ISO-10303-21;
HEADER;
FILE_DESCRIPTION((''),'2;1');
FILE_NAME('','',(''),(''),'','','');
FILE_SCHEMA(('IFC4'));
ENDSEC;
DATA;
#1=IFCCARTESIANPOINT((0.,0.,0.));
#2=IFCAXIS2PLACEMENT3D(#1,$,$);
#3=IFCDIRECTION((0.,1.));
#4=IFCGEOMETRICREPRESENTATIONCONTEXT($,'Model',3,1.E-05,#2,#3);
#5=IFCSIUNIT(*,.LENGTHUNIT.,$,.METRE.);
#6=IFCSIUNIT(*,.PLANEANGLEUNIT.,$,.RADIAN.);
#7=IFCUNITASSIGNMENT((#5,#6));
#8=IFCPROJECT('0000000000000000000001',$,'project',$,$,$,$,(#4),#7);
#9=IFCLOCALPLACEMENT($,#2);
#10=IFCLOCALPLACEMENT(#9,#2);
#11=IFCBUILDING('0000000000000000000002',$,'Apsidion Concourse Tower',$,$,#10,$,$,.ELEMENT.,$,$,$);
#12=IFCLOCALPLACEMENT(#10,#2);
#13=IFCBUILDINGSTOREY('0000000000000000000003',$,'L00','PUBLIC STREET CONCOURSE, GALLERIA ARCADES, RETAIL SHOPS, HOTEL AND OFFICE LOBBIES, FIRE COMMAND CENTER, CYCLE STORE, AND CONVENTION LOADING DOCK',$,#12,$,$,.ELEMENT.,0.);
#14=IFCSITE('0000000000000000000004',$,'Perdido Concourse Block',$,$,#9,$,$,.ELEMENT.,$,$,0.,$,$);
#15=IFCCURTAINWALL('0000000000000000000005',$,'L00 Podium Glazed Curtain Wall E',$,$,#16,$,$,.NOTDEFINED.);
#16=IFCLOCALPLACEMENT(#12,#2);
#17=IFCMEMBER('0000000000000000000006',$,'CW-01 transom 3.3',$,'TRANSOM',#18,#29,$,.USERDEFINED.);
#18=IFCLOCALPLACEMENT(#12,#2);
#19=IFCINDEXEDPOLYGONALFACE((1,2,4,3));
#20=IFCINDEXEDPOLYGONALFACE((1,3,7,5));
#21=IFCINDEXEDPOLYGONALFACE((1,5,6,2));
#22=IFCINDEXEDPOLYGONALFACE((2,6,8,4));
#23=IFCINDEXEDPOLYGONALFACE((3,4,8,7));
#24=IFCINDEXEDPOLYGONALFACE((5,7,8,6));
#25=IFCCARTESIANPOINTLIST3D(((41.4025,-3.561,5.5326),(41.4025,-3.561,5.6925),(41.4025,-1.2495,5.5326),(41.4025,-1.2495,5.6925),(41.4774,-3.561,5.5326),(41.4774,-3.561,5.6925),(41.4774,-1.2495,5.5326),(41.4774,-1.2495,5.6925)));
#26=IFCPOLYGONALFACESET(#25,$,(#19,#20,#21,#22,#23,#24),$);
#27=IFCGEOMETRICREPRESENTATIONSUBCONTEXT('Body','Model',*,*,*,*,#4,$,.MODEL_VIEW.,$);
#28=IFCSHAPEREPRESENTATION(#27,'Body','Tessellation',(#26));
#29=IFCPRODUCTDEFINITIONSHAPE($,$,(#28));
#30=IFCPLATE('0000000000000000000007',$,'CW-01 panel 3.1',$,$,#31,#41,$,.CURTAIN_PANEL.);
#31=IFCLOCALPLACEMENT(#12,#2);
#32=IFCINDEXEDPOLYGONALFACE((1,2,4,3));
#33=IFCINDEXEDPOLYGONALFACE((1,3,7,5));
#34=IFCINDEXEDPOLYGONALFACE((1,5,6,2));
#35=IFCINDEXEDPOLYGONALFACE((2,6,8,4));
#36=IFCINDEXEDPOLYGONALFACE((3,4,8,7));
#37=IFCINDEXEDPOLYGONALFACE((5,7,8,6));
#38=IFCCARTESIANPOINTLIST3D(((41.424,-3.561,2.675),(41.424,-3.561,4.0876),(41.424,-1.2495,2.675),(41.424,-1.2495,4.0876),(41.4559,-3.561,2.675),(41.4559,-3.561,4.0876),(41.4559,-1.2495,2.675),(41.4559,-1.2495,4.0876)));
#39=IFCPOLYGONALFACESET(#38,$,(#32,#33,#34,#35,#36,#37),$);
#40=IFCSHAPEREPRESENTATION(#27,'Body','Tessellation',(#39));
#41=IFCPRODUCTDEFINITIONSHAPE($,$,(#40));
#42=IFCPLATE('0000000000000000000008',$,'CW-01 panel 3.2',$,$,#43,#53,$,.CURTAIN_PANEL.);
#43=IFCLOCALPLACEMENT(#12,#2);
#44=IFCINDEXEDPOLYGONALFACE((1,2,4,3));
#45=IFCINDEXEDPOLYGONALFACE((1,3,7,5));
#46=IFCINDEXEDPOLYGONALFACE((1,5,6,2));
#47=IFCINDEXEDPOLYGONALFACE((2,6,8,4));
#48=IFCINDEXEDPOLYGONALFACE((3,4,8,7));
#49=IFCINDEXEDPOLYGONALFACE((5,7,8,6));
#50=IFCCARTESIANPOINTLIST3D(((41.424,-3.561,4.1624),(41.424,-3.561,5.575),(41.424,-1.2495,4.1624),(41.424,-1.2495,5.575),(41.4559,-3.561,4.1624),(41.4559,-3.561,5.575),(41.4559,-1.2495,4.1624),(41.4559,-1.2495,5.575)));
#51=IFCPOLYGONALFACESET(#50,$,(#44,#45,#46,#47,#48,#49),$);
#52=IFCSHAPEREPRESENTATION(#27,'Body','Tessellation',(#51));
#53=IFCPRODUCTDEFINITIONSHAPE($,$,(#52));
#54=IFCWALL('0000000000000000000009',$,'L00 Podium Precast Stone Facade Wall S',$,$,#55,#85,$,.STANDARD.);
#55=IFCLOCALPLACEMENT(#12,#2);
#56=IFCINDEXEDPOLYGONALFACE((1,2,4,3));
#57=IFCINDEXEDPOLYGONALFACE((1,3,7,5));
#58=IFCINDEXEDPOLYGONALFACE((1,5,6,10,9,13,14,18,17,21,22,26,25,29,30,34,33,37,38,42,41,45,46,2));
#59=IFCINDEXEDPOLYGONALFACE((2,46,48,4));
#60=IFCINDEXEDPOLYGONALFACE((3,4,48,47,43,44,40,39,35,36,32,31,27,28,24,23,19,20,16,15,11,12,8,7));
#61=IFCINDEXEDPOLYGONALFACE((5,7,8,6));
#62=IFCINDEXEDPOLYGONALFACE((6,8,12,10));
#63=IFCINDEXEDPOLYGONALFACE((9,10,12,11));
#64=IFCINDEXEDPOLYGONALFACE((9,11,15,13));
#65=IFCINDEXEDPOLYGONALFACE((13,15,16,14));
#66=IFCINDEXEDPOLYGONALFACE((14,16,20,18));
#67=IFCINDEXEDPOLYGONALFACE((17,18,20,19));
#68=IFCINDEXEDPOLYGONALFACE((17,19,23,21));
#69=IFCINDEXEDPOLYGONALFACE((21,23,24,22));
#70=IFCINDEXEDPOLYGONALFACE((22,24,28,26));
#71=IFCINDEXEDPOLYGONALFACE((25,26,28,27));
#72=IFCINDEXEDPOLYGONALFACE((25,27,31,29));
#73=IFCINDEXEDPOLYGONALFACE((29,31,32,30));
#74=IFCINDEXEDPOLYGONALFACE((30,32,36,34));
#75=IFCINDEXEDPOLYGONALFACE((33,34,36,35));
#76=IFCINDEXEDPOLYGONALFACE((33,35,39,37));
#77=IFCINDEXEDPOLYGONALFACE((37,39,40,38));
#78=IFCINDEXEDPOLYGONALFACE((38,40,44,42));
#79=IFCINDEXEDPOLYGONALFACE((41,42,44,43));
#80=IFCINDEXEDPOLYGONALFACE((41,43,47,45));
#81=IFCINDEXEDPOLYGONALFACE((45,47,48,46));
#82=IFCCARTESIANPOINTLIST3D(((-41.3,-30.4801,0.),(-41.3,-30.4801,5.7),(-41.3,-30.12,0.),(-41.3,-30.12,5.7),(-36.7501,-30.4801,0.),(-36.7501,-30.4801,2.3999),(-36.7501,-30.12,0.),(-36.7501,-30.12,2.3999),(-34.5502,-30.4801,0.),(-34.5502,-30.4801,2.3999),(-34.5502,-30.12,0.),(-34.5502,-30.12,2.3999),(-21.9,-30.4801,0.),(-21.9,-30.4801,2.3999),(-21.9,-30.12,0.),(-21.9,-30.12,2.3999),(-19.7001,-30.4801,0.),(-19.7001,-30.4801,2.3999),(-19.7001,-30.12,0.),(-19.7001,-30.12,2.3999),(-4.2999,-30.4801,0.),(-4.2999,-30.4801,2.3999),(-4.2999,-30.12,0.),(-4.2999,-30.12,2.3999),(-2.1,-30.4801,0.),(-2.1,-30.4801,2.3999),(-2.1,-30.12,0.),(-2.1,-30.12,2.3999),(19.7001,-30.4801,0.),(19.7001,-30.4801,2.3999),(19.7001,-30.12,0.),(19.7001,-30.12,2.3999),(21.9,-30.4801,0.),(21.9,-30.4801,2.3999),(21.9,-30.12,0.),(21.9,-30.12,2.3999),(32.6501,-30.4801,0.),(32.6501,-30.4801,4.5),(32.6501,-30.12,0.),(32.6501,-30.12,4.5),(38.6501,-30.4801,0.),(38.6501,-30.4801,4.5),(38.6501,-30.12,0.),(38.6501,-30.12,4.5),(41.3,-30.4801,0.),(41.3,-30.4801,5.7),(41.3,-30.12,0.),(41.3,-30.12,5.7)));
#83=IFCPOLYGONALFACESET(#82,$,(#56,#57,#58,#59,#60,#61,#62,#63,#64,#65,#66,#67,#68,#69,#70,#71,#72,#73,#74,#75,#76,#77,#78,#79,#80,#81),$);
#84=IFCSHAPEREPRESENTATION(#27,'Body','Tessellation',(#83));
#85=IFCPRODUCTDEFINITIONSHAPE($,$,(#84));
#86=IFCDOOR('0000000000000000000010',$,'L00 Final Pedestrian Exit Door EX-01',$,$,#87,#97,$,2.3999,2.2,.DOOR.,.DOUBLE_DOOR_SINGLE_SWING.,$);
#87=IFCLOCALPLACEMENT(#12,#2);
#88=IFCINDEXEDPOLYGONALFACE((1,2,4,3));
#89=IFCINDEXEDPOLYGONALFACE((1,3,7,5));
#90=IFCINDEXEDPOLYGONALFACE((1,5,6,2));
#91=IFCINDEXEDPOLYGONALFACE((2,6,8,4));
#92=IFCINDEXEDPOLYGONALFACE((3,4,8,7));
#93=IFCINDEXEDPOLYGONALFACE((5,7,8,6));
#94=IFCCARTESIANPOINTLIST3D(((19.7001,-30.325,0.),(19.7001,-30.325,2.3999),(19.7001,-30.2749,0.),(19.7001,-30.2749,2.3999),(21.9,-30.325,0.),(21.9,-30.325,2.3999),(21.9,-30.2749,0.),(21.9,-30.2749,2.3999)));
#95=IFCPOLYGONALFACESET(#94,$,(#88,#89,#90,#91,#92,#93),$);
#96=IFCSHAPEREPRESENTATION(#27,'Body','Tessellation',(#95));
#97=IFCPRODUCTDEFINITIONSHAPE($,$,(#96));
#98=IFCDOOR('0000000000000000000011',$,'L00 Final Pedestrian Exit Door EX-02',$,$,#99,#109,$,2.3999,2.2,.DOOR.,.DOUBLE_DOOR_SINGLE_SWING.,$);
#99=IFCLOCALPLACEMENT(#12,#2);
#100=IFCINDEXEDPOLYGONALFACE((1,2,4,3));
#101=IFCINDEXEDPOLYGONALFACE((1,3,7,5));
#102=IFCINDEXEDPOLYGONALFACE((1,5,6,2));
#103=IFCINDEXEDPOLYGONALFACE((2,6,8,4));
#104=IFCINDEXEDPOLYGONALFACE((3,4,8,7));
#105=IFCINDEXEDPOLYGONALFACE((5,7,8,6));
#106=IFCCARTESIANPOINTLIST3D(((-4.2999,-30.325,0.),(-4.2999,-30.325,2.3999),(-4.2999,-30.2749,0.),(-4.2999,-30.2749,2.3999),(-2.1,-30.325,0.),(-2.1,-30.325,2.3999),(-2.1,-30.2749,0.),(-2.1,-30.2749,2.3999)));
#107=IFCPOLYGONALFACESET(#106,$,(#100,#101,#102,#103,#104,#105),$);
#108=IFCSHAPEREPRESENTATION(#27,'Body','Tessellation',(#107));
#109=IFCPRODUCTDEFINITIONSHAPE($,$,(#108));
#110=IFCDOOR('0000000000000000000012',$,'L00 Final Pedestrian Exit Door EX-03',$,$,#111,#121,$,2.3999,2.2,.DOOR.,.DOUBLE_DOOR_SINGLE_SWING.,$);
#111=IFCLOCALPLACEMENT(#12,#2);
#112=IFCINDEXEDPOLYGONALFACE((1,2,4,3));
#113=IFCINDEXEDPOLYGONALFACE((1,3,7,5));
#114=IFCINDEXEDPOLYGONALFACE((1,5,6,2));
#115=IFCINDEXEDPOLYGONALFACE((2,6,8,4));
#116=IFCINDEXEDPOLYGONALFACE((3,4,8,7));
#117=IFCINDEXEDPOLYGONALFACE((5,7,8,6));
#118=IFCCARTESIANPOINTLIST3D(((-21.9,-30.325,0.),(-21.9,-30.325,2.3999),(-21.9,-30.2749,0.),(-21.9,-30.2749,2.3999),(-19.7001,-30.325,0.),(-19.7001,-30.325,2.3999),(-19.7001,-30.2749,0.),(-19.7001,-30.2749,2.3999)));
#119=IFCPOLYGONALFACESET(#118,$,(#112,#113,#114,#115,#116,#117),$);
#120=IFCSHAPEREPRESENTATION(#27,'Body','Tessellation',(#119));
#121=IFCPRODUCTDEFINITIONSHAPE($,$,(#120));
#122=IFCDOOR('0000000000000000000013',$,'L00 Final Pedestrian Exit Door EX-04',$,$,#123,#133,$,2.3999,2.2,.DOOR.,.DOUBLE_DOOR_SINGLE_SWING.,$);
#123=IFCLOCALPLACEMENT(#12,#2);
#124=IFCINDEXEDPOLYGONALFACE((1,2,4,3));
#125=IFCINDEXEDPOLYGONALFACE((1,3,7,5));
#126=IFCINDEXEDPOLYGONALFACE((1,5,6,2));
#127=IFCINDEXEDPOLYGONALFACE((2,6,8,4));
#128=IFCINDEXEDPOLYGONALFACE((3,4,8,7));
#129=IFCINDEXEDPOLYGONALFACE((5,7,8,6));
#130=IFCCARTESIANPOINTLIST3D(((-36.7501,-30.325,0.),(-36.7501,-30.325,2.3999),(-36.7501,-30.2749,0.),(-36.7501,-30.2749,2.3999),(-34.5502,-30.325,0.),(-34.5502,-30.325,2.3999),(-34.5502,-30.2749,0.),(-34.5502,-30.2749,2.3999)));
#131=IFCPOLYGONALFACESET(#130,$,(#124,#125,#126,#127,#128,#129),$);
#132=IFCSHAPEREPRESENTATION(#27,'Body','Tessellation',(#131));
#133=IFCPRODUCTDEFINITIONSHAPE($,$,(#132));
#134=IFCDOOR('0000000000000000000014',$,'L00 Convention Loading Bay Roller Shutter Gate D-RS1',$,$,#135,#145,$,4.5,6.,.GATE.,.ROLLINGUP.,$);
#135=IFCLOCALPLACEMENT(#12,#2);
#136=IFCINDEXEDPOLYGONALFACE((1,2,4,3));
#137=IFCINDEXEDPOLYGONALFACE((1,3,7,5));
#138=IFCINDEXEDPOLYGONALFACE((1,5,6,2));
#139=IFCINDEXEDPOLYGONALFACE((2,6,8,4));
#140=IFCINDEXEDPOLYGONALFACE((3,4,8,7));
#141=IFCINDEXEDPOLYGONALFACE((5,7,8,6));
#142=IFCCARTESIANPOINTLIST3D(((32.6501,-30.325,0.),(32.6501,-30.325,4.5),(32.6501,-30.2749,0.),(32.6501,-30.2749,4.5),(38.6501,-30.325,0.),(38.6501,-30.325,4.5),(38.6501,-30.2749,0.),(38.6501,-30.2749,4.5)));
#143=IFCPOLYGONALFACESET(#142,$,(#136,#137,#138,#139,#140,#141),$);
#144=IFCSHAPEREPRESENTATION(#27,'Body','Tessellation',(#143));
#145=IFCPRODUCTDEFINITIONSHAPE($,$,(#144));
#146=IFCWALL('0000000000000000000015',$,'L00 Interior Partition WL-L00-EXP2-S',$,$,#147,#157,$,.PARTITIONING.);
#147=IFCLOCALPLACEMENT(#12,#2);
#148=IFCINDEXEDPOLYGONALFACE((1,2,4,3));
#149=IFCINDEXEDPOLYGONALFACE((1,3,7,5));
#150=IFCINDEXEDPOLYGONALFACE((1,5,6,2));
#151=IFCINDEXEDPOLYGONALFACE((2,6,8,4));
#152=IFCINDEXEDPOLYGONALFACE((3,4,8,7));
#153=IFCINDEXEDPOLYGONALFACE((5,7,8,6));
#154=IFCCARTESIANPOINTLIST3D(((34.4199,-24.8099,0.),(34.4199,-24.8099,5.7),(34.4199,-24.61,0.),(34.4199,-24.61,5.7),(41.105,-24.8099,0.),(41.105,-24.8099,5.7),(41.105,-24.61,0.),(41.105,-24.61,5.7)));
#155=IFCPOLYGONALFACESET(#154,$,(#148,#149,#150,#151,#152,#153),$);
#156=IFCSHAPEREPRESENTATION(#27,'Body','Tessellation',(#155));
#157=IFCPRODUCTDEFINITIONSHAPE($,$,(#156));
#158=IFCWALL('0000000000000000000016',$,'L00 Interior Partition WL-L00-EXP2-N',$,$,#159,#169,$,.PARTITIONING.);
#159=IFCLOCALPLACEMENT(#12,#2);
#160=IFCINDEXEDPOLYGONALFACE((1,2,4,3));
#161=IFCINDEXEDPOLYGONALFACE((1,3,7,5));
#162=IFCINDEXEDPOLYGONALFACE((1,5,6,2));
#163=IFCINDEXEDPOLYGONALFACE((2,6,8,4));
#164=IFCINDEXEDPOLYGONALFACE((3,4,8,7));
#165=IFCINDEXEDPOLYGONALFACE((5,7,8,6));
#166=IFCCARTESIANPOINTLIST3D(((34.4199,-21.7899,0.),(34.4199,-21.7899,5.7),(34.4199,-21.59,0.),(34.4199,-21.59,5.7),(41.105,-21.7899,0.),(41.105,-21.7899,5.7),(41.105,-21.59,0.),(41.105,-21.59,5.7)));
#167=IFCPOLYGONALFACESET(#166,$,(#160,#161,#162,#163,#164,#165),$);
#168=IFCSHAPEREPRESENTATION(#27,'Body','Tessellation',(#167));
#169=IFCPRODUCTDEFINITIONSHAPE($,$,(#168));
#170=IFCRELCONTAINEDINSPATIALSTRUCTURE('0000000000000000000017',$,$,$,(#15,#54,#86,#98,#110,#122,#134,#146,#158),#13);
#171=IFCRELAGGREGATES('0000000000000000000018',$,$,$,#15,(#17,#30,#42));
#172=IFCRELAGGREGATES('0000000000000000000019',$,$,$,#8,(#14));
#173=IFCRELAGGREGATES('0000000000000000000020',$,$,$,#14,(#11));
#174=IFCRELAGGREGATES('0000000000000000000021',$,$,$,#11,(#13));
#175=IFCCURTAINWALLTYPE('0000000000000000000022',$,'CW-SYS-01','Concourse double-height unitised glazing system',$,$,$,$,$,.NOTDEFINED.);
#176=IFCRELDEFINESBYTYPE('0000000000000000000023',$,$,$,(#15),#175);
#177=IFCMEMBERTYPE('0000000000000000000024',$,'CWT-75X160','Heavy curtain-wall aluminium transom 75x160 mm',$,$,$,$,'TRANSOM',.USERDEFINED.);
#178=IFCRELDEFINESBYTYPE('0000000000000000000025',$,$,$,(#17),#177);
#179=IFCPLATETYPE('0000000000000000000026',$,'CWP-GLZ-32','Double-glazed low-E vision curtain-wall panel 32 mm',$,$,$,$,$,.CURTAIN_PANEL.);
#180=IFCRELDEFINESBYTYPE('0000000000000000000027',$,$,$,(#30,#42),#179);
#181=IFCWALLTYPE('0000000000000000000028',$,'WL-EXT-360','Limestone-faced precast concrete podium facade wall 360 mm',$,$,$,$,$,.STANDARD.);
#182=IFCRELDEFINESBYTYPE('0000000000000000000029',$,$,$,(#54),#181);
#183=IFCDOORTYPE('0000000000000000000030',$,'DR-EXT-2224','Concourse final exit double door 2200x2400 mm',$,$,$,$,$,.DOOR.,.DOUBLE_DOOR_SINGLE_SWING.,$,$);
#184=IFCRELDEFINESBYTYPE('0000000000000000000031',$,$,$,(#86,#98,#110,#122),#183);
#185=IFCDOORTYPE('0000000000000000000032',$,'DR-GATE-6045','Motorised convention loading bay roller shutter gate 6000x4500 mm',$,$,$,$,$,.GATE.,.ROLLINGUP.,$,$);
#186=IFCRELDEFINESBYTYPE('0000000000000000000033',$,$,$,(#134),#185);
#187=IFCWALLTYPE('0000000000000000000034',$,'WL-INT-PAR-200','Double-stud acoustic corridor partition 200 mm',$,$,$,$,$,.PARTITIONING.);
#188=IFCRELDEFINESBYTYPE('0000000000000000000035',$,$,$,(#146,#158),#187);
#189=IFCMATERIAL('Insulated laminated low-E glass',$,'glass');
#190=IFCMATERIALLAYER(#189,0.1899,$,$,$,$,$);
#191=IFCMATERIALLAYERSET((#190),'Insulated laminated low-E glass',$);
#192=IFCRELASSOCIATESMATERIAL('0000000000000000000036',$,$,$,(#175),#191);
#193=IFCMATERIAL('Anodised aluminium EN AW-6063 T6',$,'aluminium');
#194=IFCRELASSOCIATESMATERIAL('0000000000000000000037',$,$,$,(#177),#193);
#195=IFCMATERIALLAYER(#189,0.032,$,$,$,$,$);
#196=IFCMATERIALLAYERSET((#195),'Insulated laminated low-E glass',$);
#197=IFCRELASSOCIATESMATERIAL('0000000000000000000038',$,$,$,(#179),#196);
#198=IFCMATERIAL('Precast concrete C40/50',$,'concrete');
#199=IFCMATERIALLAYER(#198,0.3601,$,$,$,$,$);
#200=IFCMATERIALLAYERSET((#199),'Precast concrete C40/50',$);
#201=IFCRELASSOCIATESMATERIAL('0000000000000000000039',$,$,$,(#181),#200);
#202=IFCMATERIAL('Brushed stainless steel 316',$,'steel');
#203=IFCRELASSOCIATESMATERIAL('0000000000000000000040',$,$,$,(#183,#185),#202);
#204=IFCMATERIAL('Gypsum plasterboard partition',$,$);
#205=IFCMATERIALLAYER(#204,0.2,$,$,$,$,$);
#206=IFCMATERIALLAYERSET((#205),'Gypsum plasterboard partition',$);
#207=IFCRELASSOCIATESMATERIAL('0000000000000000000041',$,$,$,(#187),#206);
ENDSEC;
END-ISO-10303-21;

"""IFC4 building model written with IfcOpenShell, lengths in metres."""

from ifc_helpers import new_model, si_unit, direction, frame, frame_2d, origin, origin_2d, place, context, subcontext, project, spatial, rectangle, extrude, material, layer, layer_set, material_profile, profile_set, type_object, element, fill, aggregate, save


model = new_model("IFC4")

# Units and contexts
model_context = context("Model", 3, precision=1e-05, world=origin(), true_north=direction((0.0, 1.0)))
body_context = subcontext(model_context, "Body", "Model", "MODEL_VIEW")
ifc_project = project(units=[si_unit("LENGTHUNIT", "METRE"), si_unit("PLANEANGLEUNIT", "RADIAN")], contexts=[model_context])

# Site, building, storey
site_placement = place(None, origin())
site = spatial("IfcSite", under=ifc_project, at=site_placement, Name="Perdido Concourse Block", CompositionType="ELEMENT", RefElevation=0.0)
building_placement = place(site_placement, origin())
building = spatial("IfcBuilding", under=site, at=building_placement, Name="Apsidion Concourse Tower", CompositionType="ELEMENT")
storey_placement = place(building_placement, origin())
storey = spatial("IfcBuildingStorey", under=building, at=storey_placement, Name="L00", Description="PUBLIC STREET CONCOURSE, GALLERIA ARCADES, RETAIL SHOPS, HOTEL AND OFFICE LOBBIES, FIRE COMMAND CENTER, CYCLE STORE, AND CONVENTION LOADING DOCK", CompositionType="ELEMENT", Elevation=0.0)

# Curtain wall, member, plates
ifc_material_1 = material(Name="Insulated laminated low-E glass", Category="glass")
ifc_layer_1 = layer(ifc_material_1, 0.1899)
ifc_layer_set_1 = layer_set([ifc_layer_1], Name="Insulated laminated low-E glass")
curtain_wall_type = type_object("IfcCurtainWallType", Name="CW-SYS-01", Description="Concourse double-height unitised glazing system", PredefinedType="NOTDEFINED", material=ifc_layer_set_1)
curtain_wall_placement = place(storey_placement, origin())
curtain_wall = element("IfcCurtainWall", 1, at=curtain_wall_placement, inside=storey, type_object=curtain_wall_type, Name="L00 Podium Glazed Curtain Wall E", PredefinedType="NOTDEFINED")
ifc_material_2 = material(Name="Anodised aluminium EN AW-6063 T6", Category="aluminium")
ifc_material_profile_1 = material_profile(ifc_material_2, rectangle(XDim=0.075, YDim=0.1599, at=origin_2d()), Name="ALU TRANSOM 75x160")
ifc_profile_set_1 = profile_set([ifc_material_profile_1], Name="Anodised aluminium EN AW-6063 T6")
member_type_1 = type_object("IfcMemberType", Name="CWT-75X160", Description="Heavy curtain-wall aluminium transom 75x160 mm", ElementType="TRANSOM", PredefinedType="USERDEFINED", material=ifc_profile_set_1)
member_1_placement = place(storey_placement, frame((41.4399, -1.2495, 5.6125), z_axis=(0.0, -1.0, 0.0), x_axis=(1.0, 0.0, 0.0)))
member_1 = element("IfcMember", 2, at=member_1_placement, type_object=member_type_1, Name="CW-01 transom 3.3", ObjectType="TRANSOM", PredefinedType="USERDEFINED", context=body_context, shape_type="SweptSolid", body=[
    extrude(rectangle(XDim=0.075, YDim=0.1599, at=origin_2d()), origin(), (0.0, 0.0, 1.0), 2.3115),
])
ifc_layer_2 = layer(ifc_material_1, 0.032)
ifc_layer_set_2 = layer_set([ifc_layer_2], Name="Insulated laminated low-E glass")
plate_type = type_object("IfcPlateType", Name="CWP-GLZ-32", Description="Double-glazed low-E vision curtain-wall panel 32 mm", PredefinedType="CURTAIN_PANEL", material=ifc_layer_set_2)
plate_1_placement = place(storey_placement, frame((41.4399, -2.4053, 2.675), z_axis=(0.0, 0.0, 1.0), x_axis=(0.0, -1.0, 0.0)))
plate_1 = element("IfcPlate", 3, at=plate_1_placement, type_object=plate_type, Name="CW-01 panel 3.1", PredefinedType="CURTAIN_PANEL", context=body_context, shape_type="SweptSolid", body=[
    extrude(rectangle(XDim=2.3115, YDim=0.032, at=origin_2d()), origin(), (0.0, 0.0, 1.0), 1.4126),
])
plate_2_placement = place(storey_placement, frame((41.4399, -2.4053, 4.1624), z_axis=(0.0, 0.0, 1.0), x_axis=(0.0, -1.0, 0.0)))
plate_2 = element("IfcPlate", 4, at=plate_2_placement, type_object=plate_type, Name="CW-01 panel 3.2", PredefinedType="CURTAIN_PANEL", context=body_context, shape_type="SweptSolid", body=[
    extrude(rectangle(XDim=2.3115, YDim=0.032, at=origin_2d()), origin(), (0.0, 0.0, 1.0), 1.4126),
])
aggregate(curtain_wall, [member_1, plate_1, plate_2])

# Wall, openings, doors
ifc_material_3 = material(Name="Precast concrete C40/50", Category="concrete")
ifc_layer_3 = layer(ifc_material_3, 0.3601)
ifc_layer_set_3 = layer_set([ifc_layer_3], Name="Precast concrete C40/50")
wall_type_1 = type_object("IfcWallType", Name="WL-EXT-360", Description="Limestone-faced precast concrete podium facade wall 360 mm", PredefinedType="STANDARD", material=ifc_layer_set_3)
wall_1_placement = place(storey_placement, frame((41.3, -30.3, 0.0), z_axis=(0.0, 0.0, 1.0), x_axis=(-1.0, 0.0, 0.0)))
wall_1 = element("IfcWall", 5, at=wall_1_placement, inside=storey, type_object=wall_type_1, Name="L00 Podium Precast Stone Facade Wall S", PredefinedType="STANDARD", context=body_context, shape_type="SweptSolid", body=[
    extrude(rectangle(XDim=82.6001, YDim=0.3601, at=frame_2d((41.3, 0.0))), origin(), (0.0, 0.0, 1.0), 5.7),
])
opening_1_placement = place(wall_1_placement, frame((2.6499, 0.0, 0.0)))
opening_1 = element("IfcOpeningElement", 6, at=opening_1_placement, cuts=wall_1, PredefinedType="OPENING", context=body_context, shape_type="SweptSolid", body=[
    extrude(rectangle(XDim=6.0, YDim=4.5, at=frame_2d((3.0, 2.25))), frame((0.0, 0.1899, 0.0), z_axis=(0.0, -1.0, 0.0), x_axis=(1.0, 0.0, 0.0)), (0.0, 0.0, 1.0), 0.3801),
])
opening_2_placement = place(wall_1_placement, frame((19.3999, 0.0, 0.0)))
opening_2 = element("IfcOpeningElement", 7, at=opening_2_placement, cuts=wall_1, PredefinedType="OPENING", context=body_context, shape_type="SweptSolid", body=[
    extrude(rectangle(XDim=2.2, YDim=2.3999, at=frame_2d((1.1001, 1.2))), frame((0.0, 0.1899, 0.0), z_axis=(0.0, -1.0, 0.0), x_axis=(1.0, 0.0, 0.0)), (0.0, 0.0, 1.0), 0.3801),
])
opening_3_placement = place(wall_1_placement, frame((43.3999, 0.0, 0.0)))
opening_3 = element("IfcOpeningElement", 8, at=opening_3_placement, cuts=wall_1, PredefinedType="OPENING", context=body_context, shape_type="SweptSolid", body=[
    extrude(rectangle(XDim=2.2, YDim=2.3999, at=frame_2d((1.1001, 1.2))), frame((0.0, 0.1899, 0.0), z_axis=(0.0, -1.0, 0.0), x_axis=(1.0, 0.0, 0.0)), (0.0, 0.0, 1.0), 0.3801),
])
opening_4_placement = place(wall_1_placement, frame((61.0, 0.0, 0.0)))
opening_4 = element("IfcOpeningElement", 9, at=opening_4_placement, cuts=wall_1, PredefinedType="OPENING", context=body_context, shape_type="SweptSolid", body=[
    extrude(rectangle(XDim=2.2, YDim=2.3999, at=frame_2d((1.1001, 1.2))), frame((0.0, 0.1899, 0.0), z_axis=(0.0, -1.0, 0.0), x_axis=(1.0, 0.0, 0.0)), (0.0, 0.0, 1.0), 0.3801),
])
opening_5_placement = place(wall_1_placement, frame((75.8501, 0.0, 0.0)))
opening_5 = element("IfcOpeningElement", 10, at=opening_5_placement, cuts=wall_1, PredefinedType="OPENING", context=body_context, shape_type="SweptSolid", body=[
    extrude(rectangle(XDim=2.2, YDim=2.3999, at=frame_2d((1.1001, 1.2))), frame((0.0, 0.1899, 0.0), z_axis=(0.0, -1.0, 0.0), x_axis=(1.0, 0.0, 0.0)), (0.0, 0.0, 1.0), 0.3801),
])
ifc_material_4 = material(Name="Brushed stainless steel 316", Category="steel")
door_type_1 = type_object("IfcDoorType", Name="DR-EXT-2224", Description="Concourse final exit double door 2200x2400 mm", OperationType="DOUBLE_DOOR_SINGLE_SWING", PredefinedType="DOOR", material=ifc_material_4)
door_1_placement = place(opening_2_placement, origin())
door_1 = element("IfcDoor", 11, at=door_1_placement, inside=storey, type_object=door_type_1, Name="L00 Final Pedestrian Exit Door EX-01", OperationType="DOUBLE_DOOR_SINGLE_SWING", OverallHeight=2.3999, OverallWidth=2.2, PredefinedType="DOOR", context=body_context, shape_type="SweptSolid", body=[
    extrude(rectangle(XDim=2.2, YDim=2.3999, at=frame_2d((1.1001, 1.2))), frame((0.0, 0.0249, 0.0), z_axis=(0.0, -1.0, 0.0), x_axis=(1.0, 0.0, 0.0)), (0.0, 0.0, 1.0), 0.05),
])
fill(opening_2, door_1)
door_2_placement = place(opening_3_placement, origin())
door_2 = element("IfcDoor", 12, at=door_2_placement, inside=storey, type_object=door_type_1, Name="L00 Final Pedestrian Exit Door EX-02", OperationType="DOUBLE_DOOR_SINGLE_SWING", OverallHeight=2.3999, OverallWidth=2.2, PredefinedType="DOOR", context=body_context, shape_type="SweptSolid", body=[
    extrude(rectangle(XDim=2.2, YDim=2.3999, at=frame_2d((1.1001, 1.2))), frame((0.0, 0.0249, 0.0), z_axis=(0.0, -1.0, 0.0), x_axis=(1.0, 0.0, 0.0)), (0.0, 0.0, 1.0), 0.05),
])
fill(opening_3, door_2)
door_3_placement = place(opening_4_placement, origin())
door_3 = element("IfcDoor", 13, at=door_3_placement, inside=storey, type_object=door_type_1, Name="L00 Final Pedestrian Exit Door EX-03", OperationType="DOUBLE_DOOR_SINGLE_SWING", OverallHeight=2.3999, OverallWidth=2.2, PredefinedType="DOOR", context=body_context, shape_type="SweptSolid", body=[
    extrude(rectangle(XDim=2.2, YDim=2.3999, at=frame_2d((1.1001, 1.2))), frame((0.0, 0.0249, 0.0), z_axis=(0.0, -1.0, 0.0), x_axis=(1.0, 0.0, 0.0)), (0.0, 0.0, 1.0), 0.05),
])
fill(opening_4, door_3)
door_4_placement = place(opening_5_placement, origin())
door_4 = element("IfcDoor", 14, at=door_4_placement, inside=storey, type_object=door_type_1, Name="L00 Final Pedestrian Exit Door EX-04", OperationType="DOUBLE_DOOR_SINGLE_SWING", OverallHeight=2.3999, OverallWidth=2.2, PredefinedType="DOOR", context=body_context, shape_type="SweptSolid", body=[
    extrude(rectangle(XDim=2.2, YDim=2.3999, at=frame_2d((1.1001, 1.2))), frame((0.0, 0.0249, 0.0), z_axis=(0.0, -1.0, 0.0), x_axis=(1.0, 0.0, 0.0)), (0.0, 0.0, 1.0), 0.05),
])
fill(opening_5, door_4)
door_type_2 = type_object("IfcDoorType", Name="DR-GATE-6045", Description="Motorised convention loading bay roller shutter gate 6000x4500 mm", OperationType="ROLLINGUP", PredefinedType="GATE", material=ifc_material_4)
door_5_placement = place(opening_1_placement, origin())
door_5 = element("IfcDoor", 15, at=door_5_placement, inside=storey, type_object=door_type_2, Name="L00 Convention Loading Bay Roller Shutter Gate D-RS1", OperationType="ROLLINGUP", OverallHeight=4.5, OverallWidth=6.0, PredefinedType="GATE", context=body_context, shape_type="SweptSolid", body=[
    extrude(rectangle(XDim=6.0, YDim=4.5, at=frame_2d((3.0, 2.25))), frame((0.0, 0.0249, 0.0), z_axis=(0.0, -1.0, 0.0), x_axis=(1.0, 0.0, 0.0)), (0.0, 0.0, 1.0), 0.05),
])
fill(opening_1, door_5)

# Walls
ifc_material_5 = material(Name="Gypsum plasterboard partition")
ifc_layer_4 = layer(ifc_material_5, 0.2)
ifc_layer_set_4 = layer_set([ifc_layer_4], Name="Gypsum plasterboard partition")
wall_type_2 = type_object("IfcWallType", Name="WL-INT-PAR-200", Description="Double-stud acoustic corridor partition 200 mm", PredefinedType="PARTITIONING", material=ifc_layer_set_4)
for number, where, z_axis, x_axis, name in (
    (16, (34.4199, -24.71, 0.0), (0.0, 0.0, 1.0), (1.0, 0.0, 0.0), "L00 Interior Partition WL-L00-EXP2-S"),
    (17, (34.4199, -21.6899, 0.0), (0.0, 0.0, 1.0), (1.0, 0.0, 0.0), "L00 Interior Partition WL-L00-EXP2-N"),
):
    element("IfcWall", number, at=place(storey_placement, frame(where, z_axis=z_axis, x_axis=x_axis)), inside=storey, type_object=wall_type_2, Name=name, PredefinedType="PARTITIONING", context=body_context, shape_type="SweptSolid", body=[
        extrude(rectangle(XDim=6.6851, YDim=0.2, at=frame_2d((3.3425, 0.0))), origin(), (0.0, 0.0, 1.0), 5.7),
    ])

save(model, "model.ifc")
